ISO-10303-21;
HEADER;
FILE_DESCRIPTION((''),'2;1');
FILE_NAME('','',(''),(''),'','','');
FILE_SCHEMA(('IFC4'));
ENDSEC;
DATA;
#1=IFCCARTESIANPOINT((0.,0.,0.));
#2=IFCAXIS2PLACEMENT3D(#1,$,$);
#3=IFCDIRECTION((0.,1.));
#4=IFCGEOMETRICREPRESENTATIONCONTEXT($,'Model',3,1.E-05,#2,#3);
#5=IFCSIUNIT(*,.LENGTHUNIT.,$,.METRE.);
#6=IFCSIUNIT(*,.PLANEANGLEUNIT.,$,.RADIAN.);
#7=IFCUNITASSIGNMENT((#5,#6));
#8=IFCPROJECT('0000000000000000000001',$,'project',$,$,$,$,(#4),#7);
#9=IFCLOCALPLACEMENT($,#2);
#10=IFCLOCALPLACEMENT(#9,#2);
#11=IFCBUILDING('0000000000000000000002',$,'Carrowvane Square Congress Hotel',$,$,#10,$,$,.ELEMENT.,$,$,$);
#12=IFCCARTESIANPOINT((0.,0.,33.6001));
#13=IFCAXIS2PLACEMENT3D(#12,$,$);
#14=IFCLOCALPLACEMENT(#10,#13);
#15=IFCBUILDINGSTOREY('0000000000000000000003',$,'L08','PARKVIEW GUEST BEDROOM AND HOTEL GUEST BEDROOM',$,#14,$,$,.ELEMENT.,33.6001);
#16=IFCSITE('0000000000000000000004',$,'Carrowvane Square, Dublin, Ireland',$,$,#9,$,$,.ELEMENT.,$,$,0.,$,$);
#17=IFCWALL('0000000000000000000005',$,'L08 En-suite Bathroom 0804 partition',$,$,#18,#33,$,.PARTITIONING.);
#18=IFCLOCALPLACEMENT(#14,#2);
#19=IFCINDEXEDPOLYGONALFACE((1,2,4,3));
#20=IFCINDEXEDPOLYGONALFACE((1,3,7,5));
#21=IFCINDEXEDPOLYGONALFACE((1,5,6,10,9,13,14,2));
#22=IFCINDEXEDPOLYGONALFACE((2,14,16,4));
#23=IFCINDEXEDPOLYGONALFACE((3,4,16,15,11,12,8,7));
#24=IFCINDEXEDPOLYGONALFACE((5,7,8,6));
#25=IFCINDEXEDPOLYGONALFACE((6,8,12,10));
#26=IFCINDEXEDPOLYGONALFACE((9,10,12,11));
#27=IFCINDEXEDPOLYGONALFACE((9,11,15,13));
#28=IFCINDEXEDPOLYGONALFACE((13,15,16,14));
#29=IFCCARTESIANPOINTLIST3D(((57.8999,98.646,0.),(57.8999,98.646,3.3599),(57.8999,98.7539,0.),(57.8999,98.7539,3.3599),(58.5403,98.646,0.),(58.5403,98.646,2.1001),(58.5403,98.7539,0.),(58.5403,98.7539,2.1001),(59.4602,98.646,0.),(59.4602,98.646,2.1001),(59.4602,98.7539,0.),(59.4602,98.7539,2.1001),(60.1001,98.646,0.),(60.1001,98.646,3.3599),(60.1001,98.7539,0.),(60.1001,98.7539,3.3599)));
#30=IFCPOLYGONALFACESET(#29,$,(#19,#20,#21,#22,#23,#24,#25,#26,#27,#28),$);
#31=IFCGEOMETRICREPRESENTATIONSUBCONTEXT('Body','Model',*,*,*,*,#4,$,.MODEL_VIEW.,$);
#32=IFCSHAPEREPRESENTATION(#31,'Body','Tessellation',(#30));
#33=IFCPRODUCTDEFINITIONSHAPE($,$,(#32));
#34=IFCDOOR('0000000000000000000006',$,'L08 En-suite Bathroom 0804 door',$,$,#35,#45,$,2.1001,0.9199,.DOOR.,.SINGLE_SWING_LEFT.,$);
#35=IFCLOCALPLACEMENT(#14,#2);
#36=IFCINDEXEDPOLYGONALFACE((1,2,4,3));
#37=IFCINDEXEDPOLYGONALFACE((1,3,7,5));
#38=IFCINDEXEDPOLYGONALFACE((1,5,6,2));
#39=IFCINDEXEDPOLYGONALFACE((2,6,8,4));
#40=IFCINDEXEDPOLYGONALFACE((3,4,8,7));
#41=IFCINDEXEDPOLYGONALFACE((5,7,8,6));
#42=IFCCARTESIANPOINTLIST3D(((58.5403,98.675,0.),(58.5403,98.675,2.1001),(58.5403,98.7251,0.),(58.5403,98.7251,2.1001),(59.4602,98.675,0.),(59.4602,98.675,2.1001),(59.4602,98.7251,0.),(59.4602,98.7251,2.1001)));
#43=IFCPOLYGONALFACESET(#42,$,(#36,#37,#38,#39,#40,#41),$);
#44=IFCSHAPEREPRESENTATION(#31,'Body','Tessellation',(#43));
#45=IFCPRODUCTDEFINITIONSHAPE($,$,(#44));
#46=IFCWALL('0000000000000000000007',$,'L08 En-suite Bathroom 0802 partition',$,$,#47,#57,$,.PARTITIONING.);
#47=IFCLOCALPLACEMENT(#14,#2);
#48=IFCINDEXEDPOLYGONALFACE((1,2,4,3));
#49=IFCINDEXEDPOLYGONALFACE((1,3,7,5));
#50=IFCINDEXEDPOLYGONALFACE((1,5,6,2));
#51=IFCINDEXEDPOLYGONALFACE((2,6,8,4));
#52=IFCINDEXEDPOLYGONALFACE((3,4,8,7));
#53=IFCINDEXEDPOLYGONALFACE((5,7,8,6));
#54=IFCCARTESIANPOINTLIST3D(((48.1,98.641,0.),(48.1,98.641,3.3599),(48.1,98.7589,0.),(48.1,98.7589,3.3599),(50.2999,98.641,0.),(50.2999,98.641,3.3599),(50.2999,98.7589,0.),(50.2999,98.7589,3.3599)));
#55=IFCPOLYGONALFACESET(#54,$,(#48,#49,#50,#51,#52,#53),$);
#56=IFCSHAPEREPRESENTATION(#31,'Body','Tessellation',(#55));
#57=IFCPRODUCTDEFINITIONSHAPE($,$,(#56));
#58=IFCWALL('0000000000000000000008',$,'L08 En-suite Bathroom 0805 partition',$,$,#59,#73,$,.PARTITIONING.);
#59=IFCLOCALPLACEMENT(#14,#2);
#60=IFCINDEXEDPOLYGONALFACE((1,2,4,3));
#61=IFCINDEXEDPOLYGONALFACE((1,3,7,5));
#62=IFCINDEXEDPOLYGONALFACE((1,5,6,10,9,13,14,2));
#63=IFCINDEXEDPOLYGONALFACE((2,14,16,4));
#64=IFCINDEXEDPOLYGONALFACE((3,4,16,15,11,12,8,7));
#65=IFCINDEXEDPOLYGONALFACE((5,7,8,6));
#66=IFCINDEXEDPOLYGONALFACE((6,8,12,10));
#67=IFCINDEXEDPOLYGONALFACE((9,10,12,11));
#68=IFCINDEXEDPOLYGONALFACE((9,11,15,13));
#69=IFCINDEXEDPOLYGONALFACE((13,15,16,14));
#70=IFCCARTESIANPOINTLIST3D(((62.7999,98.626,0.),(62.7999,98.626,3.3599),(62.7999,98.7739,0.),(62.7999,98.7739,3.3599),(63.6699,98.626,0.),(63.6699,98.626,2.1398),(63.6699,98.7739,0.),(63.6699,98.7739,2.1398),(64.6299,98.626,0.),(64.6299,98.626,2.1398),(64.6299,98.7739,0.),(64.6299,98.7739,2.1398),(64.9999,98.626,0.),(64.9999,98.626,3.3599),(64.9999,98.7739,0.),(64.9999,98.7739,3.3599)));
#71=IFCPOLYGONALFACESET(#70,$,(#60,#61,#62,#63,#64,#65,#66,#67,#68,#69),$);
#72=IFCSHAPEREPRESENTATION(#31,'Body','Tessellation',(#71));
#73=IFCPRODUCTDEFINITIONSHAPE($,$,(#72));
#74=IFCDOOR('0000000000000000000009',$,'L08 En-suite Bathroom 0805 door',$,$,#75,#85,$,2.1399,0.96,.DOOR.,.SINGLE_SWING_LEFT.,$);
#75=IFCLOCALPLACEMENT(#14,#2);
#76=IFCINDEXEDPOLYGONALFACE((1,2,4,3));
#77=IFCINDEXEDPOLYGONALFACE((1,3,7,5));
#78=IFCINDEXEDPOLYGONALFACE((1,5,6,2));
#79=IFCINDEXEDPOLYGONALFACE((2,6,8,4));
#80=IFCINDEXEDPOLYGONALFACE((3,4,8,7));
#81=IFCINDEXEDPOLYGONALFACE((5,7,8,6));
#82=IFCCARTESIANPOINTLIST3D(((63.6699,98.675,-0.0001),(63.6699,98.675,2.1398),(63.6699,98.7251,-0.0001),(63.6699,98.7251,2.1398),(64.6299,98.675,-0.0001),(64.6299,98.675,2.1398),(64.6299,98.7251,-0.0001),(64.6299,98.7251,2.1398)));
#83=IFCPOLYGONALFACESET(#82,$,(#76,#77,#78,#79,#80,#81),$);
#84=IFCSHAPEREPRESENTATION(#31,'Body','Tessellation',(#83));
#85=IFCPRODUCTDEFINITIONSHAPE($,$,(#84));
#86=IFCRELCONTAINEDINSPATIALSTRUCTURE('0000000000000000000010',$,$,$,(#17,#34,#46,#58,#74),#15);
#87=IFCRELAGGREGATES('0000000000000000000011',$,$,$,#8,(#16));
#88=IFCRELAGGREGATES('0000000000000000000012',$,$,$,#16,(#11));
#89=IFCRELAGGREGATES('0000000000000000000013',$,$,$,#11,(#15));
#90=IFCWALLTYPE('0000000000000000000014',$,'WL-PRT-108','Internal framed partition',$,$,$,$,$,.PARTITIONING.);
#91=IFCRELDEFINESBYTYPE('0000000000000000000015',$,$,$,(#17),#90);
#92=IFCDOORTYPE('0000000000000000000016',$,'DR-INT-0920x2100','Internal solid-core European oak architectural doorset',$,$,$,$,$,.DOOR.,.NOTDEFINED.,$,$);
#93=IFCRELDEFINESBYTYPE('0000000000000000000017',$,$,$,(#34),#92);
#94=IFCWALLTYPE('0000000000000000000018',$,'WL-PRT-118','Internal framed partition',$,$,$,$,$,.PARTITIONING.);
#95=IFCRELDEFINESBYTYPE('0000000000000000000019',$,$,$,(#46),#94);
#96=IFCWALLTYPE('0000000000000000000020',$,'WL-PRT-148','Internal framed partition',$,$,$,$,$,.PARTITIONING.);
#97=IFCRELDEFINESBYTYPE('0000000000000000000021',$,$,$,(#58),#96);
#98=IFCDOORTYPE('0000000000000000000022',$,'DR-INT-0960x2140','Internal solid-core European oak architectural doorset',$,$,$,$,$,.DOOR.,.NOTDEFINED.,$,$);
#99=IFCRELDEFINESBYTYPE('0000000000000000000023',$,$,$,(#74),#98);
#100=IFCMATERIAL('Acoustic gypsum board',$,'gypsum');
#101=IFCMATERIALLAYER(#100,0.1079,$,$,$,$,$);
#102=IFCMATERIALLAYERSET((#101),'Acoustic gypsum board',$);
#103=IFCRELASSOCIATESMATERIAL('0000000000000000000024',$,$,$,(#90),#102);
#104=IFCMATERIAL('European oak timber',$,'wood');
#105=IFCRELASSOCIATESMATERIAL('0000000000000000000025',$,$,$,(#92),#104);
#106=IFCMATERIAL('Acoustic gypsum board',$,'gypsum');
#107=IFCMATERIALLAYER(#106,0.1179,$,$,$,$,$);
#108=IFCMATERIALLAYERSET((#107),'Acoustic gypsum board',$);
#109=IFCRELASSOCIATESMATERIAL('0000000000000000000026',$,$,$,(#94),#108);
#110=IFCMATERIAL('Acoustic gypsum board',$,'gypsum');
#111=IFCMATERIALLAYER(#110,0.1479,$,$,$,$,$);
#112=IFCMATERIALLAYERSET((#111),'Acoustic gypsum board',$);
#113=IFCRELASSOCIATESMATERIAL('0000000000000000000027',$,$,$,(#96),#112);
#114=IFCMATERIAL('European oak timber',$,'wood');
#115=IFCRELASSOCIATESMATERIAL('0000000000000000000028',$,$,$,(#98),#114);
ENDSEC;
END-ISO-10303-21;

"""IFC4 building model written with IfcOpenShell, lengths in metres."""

from ifc_helpers import new_model, si_unit, direction, frame, frame_2d, origin, place, context, subcontext, project, spatial, rectangle, extrude, material, layer, layer_set, type_object, element, fill, save


model = new_model("IFC4")

# Units and contexts
model_context = context("Model", 3, precision=1e-05, world=origin(), true_north=direction((0.0, 1.0)))
body_context = subcontext(model_context, "Body", "Model", "MODEL_VIEW")
ifc_project = project(units=[si_unit("LENGTHUNIT", "METRE"), si_unit("PLANEANGLEUNIT", "RADIAN")], contexts=[model_context])

# Site, building, storey
site_placement = place(None, origin())
site = spatial("IfcSite", under=ifc_project, at=site_placement, Name="Carrowvane Square, Dublin, Ireland", CompositionType="ELEMENT", RefElevation=0.0)
building_placement = place(site_placement, origin())
building = spatial("IfcBuilding", under=site, at=building_placement, Name="Carrowvane Square Congress Hotel", CompositionType="ELEMENT")
storey_placement = place(building_placement, frame((0.0, 0.0, 33.6001)))
storey = spatial("IfcBuildingStorey", under=building, at=storey_placement, Name="L08", Description="PARKVIEW GUEST BEDROOM AND HOTEL GUEST BEDROOM", CompositionType="ELEMENT", Elevation=33.6001)

# Wall, opening, door
ifc_material_1 = material(Name="Acoustic gypsum board", Category="gypsum")
ifc_layer_1 = layer(ifc_material_1, 0.1079)
ifc_layer_set_1 = layer_set([ifc_layer_1], Name="Acoustic gypsum board")
wall_type_1 = type_object("IfcWallType", Name="WL-PRT-108", Description="Internal framed partition", PredefinedType="PARTITIONING", material=ifc_layer_set_1)
wall_1_placement = place(storey_placement, frame((60.1001, 98.7, 0.0), z_axis=(0.0, 0.0, 1.0), x_axis=(-1.0, 0.0, 0.0)))
wall_1 = element("IfcWall", 1, at=wall_1_placement, inside=storey, type_object=wall_type_1, Name="L08 En-suite Bathroom 0804 partition", PredefinedType="PARTITIONING", context=body_context, shape_type="SweptSolid", body=[
    extrude(rectangle(XDim=2.2002, YDim=0.1079, at=frame_2d((1.1001, 0.0))), origin(), (0.0, 0.0, 1.0), 3.3599),
])
opening_1_placement = place(wall_1_placement, frame((0.6399, 0.0, 0.0)))
opening_1 = element("IfcOpeningElement", 2, at=opening_1_placement, cuts=wall_1, PredefinedType="OPENING", context=body_context, shape_type="SweptSolid", body=[
    extrude(rectangle(XDim=0.9199, YDim=2.1001, at=frame_2d((0.46, 1.05))), frame((0.0, 0.064, 0.0), z_axis=(0.0, -1.0, 0.0), x_axis=(1.0, 0.0, 0.0)), (0.0, 0.0, 1.0), 0.1279),
])
ifc_material_2 = material(Name="European oak timber", Category="wood")
door_type_1 = type_object("IfcDoorType", Name="DR-INT-0920x2100", Description="Internal solid-core European oak architectural doorset", OperationType="NOTDEFINED", PredefinedType="DOOR", material=ifc_material_2)
door_1_placement = place(opening_1_placement, origin())
door_1 = element("IfcDoor", 3, at=door_1_placement, inside=storey, type_object=door_type_1, Name="L08 En-suite Bathroom 0804 door", OperationType="SINGLE_SWING_LEFT", OverallHeight=2.1001, OverallWidth=0.9199, PredefinedType="DOOR", context=body_context, shape_type="SweptSolid", body=[
    extrude(rectangle(XDim=0.9199, YDim=2.1001, at=frame_2d((0.46, 1.05))), frame((0.0, 0.0249, 0.0), z_axis=(0.0, -1.0, 0.0), x_axis=(1.0, 0.0, 0.0)), (0.0, 0.0, 1.0), 0.05),
])
fill(opening_1, door_1)

# Wall
ifc_material_3 = material(Name="Acoustic gypsum board", Category="gypsum")
ifc_layer_2 = layer(ifc_material_3, 0.1179)
ifc_layer_set_2 = layer_set([ifc_layer_2], Name="Acoustic gypsum board")
wall_type_2 = type_object("IfcWallType", Name="WL-PRT-118", Description="Internal framed partition", PredefinedType="PARTITIONING", material=ifc_layer_set_2)
wall_2_placement = place(storey_placement, frame((50.3, 98.7, 0.0), z_axis=(0.0, 0.0, 1.0), x_axis=(-1.0, 0.0, 0.0)))
element("IfcWall", 4, at=wall_2_placement, inside=storey, type_object=wall_type_2, Name="L08 En-suite Bathroom 0802 partition", PredefinedType="PARTITIONING", context=body_context, shape_type="SweptSolid", body=[
    extrude(rectangle(XDim=2.2, YDim=0.1179, at=frame_2d((1.1001, 0.0))), origin(), (0.0, 0.0, 1.0), 3.3599),
])

# Wall, opening, door
ifc_material_4 = material(Name="Acoustic gypsum board", Category="gypsum")
ifc_layer_3 = layer(ifc_material_4, 0.1479)
ifc_layer_set_3 = layer_set([ifc_layer_3], Name="Acoustic gypsum board")
wall_type_3 = type_object("IfcWallType", Name="WL-PRT-148", Description="Internal framed partition", PredefinedType="PARTITIONING", material=ifc_layer_set_3)
wall_3_placement = place(storey_placement, frame((65.0, 98.7, 0.0), z_axis=(0.0, 0.0, 1.0), x_axis=(-1.0, 0.0, 0.0)))
wall_3 = element("IfcWall", 5, at=wall_3_placement, inside=storey, type_object=wall_type_3, Name="L08 En-suite Bathroom 0805 partition", PredefinedType="PARTITIONING", context=body_context, shape_type="SweptSolid", body=[
    extrude(rectangle(XDim=2.2, YDim=0.1479, at=frame_2d((1.1001, 0.0))), origin(), (0.0, 0.0, 1.0), 3.3599),
])
opening_2_placement = place(wall_3_placement, frame((0.3701, 0.0, 0.0)))
opening_2 = element("IfcOpeningElement", 6, at=opening_2_placement, cuts=wall_3, PredefinedType="OPENING", context=body_context, shape_type="SweptSolid", body=[
    extrude(rectangle(XDim=0.96, YDim=2.1399, at=frame_2d((0.48, 1.0698))), frame((0.0, 0.084, 0.0), z_axis=(0.0, -1.0, 0.0), x_axis=(1.0, 0.0, 0.0)), (0.0, 0.0, 1.0), 0.168),
])
ifc_material_5 = material(Name="European oak timber", Category="wood")
door_type_2 = type_object("IfcDoorType", Name="DR-INT-0960x2140", Description="Internal solid-core European oak architectural doorset", OperationType="NOTDEFINED", PredefinedType="DOOR", material=ifc_material_5)
door_2_placement = place(opening_2_placement, origin())
door_2 = element("IfcDoor", 7, at=door_2_placement, inside=storey, type_object=door_type_2, Name="L08 En-suite Bathroom 0805 door", OperationType="SINGLE_SWING_LEFT", OverallHeight=2.1399, OverallWidth=0.96, PredefinedType="DOOR", context=body_context, shape_type="SweptSolid", body=[
    extrude(rectangle(XDim=0.96, YDim=2.1399, at=frame_2d((0.48, 1.0698))), frame((0.0, 0.0249, 0.0), z_axis=(0.0, -1.0, 0.0), x_axis=(1.0, 0.0, 0.0)), (0.0, 0.0, 1.0), 0.05),
])
fill(opening_2, door_2)

save(model, "model.ifc")
